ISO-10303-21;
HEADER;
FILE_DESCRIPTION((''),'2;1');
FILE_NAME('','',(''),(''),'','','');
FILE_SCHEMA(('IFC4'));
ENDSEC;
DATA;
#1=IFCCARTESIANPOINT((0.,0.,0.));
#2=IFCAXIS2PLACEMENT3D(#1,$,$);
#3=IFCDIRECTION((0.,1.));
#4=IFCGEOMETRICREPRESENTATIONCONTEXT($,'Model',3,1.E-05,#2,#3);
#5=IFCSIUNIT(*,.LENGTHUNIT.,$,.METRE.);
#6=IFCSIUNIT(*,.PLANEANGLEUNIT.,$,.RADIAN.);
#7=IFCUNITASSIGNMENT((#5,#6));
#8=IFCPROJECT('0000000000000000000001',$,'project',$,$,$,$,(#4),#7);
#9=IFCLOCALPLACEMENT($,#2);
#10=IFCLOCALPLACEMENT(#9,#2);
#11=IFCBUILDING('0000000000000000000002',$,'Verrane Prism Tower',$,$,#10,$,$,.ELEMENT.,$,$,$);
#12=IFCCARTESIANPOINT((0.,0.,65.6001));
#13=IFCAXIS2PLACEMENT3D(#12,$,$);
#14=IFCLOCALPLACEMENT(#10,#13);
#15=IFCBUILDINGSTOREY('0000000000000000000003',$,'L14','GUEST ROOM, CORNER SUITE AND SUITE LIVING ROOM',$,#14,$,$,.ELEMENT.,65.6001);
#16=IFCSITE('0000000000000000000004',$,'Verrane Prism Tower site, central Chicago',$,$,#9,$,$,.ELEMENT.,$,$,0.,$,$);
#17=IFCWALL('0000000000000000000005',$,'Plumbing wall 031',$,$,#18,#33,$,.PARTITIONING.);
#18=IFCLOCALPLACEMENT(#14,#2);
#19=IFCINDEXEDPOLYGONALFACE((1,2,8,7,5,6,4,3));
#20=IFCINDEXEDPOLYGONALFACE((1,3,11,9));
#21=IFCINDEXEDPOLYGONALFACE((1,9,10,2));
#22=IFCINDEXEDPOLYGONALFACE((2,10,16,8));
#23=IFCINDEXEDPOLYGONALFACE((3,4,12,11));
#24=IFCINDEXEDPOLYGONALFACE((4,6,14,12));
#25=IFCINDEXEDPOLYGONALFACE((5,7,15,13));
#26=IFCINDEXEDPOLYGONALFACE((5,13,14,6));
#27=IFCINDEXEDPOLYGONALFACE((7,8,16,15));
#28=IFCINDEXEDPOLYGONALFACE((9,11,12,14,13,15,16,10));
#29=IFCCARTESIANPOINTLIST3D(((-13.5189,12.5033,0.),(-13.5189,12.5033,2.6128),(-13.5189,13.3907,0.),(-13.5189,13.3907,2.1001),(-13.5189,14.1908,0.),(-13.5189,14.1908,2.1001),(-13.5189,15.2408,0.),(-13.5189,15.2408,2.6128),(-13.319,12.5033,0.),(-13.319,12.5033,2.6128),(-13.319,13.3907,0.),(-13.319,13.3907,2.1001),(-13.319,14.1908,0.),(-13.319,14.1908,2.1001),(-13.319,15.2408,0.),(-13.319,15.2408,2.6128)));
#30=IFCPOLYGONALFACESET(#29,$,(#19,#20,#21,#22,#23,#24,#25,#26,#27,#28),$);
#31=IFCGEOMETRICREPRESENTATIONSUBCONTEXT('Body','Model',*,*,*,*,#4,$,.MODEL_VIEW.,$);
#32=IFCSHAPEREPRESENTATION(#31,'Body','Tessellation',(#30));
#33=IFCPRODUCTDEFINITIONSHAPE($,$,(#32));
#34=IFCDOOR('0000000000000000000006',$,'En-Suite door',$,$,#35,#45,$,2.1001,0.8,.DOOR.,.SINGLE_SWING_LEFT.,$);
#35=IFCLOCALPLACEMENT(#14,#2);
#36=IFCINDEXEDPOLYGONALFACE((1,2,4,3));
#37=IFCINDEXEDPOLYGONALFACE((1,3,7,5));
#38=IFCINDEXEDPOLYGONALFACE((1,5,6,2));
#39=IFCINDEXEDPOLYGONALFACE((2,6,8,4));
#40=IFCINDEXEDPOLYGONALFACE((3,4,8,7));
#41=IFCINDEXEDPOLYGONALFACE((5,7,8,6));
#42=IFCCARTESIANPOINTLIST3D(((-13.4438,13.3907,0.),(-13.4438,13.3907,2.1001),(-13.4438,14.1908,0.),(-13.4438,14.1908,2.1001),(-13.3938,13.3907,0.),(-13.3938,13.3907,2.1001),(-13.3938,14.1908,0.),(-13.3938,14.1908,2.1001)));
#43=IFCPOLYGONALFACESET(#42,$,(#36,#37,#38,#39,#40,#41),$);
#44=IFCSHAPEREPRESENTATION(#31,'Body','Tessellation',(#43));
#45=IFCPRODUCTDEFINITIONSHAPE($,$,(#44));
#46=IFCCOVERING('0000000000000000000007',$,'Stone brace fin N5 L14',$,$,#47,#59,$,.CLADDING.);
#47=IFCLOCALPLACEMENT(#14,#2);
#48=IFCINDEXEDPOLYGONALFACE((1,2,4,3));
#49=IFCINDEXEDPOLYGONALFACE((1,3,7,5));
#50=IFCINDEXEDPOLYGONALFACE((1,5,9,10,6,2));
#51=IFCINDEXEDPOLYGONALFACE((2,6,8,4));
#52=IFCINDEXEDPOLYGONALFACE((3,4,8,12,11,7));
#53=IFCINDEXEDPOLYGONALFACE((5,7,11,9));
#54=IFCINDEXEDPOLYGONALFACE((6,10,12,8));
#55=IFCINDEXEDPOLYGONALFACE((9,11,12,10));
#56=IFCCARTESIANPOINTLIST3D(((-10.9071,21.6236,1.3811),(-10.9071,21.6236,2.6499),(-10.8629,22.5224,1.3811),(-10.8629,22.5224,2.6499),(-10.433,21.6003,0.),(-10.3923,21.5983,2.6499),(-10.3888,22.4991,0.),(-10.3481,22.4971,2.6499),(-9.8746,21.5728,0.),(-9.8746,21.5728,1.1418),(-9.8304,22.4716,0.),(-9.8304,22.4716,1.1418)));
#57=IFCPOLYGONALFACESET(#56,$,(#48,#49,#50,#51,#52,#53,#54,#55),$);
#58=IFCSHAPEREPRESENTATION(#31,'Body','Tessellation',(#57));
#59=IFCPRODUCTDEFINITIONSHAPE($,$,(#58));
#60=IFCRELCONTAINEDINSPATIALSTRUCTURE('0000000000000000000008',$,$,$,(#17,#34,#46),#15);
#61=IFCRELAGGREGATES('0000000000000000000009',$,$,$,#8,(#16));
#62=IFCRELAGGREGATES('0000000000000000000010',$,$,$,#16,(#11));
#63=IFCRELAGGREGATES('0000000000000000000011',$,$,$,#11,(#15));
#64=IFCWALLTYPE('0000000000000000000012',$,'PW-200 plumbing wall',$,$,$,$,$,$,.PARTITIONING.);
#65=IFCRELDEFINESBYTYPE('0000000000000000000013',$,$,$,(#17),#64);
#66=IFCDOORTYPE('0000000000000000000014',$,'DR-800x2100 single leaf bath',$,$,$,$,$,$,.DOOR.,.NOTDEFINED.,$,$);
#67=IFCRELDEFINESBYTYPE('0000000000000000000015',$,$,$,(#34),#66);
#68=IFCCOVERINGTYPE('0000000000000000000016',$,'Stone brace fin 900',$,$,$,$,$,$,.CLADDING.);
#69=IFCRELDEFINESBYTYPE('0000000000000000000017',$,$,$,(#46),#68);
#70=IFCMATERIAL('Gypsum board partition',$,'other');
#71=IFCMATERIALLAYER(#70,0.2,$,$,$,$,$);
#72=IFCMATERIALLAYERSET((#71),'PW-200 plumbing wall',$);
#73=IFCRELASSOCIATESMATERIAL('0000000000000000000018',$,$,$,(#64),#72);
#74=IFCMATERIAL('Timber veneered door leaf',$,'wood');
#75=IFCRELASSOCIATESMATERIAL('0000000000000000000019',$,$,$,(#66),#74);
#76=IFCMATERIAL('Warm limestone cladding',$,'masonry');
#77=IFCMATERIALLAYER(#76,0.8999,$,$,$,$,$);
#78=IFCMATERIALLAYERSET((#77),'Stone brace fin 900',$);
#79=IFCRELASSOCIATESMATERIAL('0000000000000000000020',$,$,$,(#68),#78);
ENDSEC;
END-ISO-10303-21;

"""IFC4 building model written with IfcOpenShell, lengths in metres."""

from ifc_helpers import new_model, si_unit, direction, frame, frame_2d, origin, place, context, subcontext, project, spatial, polyline, rectangle, outline, extrude, material, layer, layer_set, type_object, element, fill, save


model = new_model("IFC4")

# Units and contexts
model_context = context("Model", 3, precision=1e-05, world=origin(), true_north=direction((0.0, 1.0)))
body_context = subcontext(model_context, "Body", "Model", "MODEL_VIEW")
ifc_project = project(units=[si_unit("LENGTHUNIT", "METRE"), si_unit("PLANEANGLEUNIT", "RADIAN")], contexts=[model_context])

# Site, building, storey
site_placement = place(None, origin())
site = spatial("IfcSite", under=ifc_project, at=site_placement, Name="Verrane Prism Tower site, central Chicago", CompositionType="ELEMENT", RefElevation=0.0)
building_placement = place(site_placement, origin())
building = spatial("IfcBuilding", under=site, at=building_placement, Name="Verrane Prism Tower", CompositionType="ELEMENT")
storey_placement = place(building_placement, frame((0.0, 0.0, 65.6001)))
storey = spatial("IfcBuildingStorey", under=building, at=storey_placement, Name="L14", Description="GUEST ROOM, CORNER SUITE AND SUITE LIVING ROOM", CompositionType="ELEMENT", Elevation=65.6001)

# Shared definitions
ifc_material_1 = material(Name="Gypsum board partition", Category="other")
ifc_layer_1 = layer(ifc_material_1, 0.2)
ifc_layer_set_1 = layer_set([ifc_layer_1], Name="PW-200 plumbing wall")
wall_type_1 = type_object("IfcWallType", Name="PW-200 plumbing wall", PredefinedType="PARTITIONING", material=ifc_layer_set_1)

# Wall, opening, door
wall_1_placement = place(storey_placement, frame((-13.4189, 12.5034, 0.0), z_axis=(0.0, 0.0, 1.0), x_axis=(0.0, 1.0, 0.0)))
wall_1 = element("IfcWall", 1, at=wall_1_placement, inside=storey, type_object=wall_type_1, Name="Plumbing wall 031", PredefinedType="PARTITIONING", context=body_context, shape_type="SweptSolid", body=[
    extrude(rectangle(XDim=2.7375, YDim=0.2, at=frame_2d((1.3687, 0.0))), origin(), (0.0, 0.0, 1.0), 2.6128),
])
opening_1_placement = place(wall_1_placement, frame((0.8875, 0.0, 0.0)))
opening_1 = element("IfcOpeningElement", 2, at=opening_1_placement, cuts=wall_1, PredefinedType="OPENING", context=body_context, shape_type="SweptSolid", body=[
    extrude(rectangle(XDim=0.8, YDim=2.1001, at=frame_2d((0.3999, 1.05))), frame((0.0, 0.1099, 0.0), z_axis=(0.0, -1.0, 0.0), x_axis=(1.0, 0.0, 0.0)), (0.0, 0.0, 1.0), 0.22),
])
ifc_material_2 = material(Name="Timber veneered door leaf", Category="wood")
door_type_1 = type_object("IfcDoorType", Name="DR-800x2100 single leaf bath", OperationType="NOTDEFINED", PredefinedType="DOOR", material=ifc_material_2)
door_1_placement = place(opening_1_placement, origin())
door_1 = element("IfcDoor", 3, at=door_1_placement, inside=storey, type_object=door_type_1, Name="En-Suite door", OperationType="SINGLE_SWING_LEFT", OverallHeight=2.1001, OverallWidth=0.8, PredefinedType="DOOR", context=body_context, shape_type="SweptSolid", body=[
    extrude(rectangle(XDim=0.8, YDim=2.1001, at=frame_2d((0.3999, 1.05))), frame((0.0, 0.0249, 0.0), z_axis=(0.0, -1.0, 0.0), x_axis=(1.0, 0.0, 0.0)), (0.0, 0.0, 1.0), 0.05),
])
fill(opening_1, door_1)

# Covering
ifc_material_3 = material(Name="Warm limestone cladding", Category="masonry")
ifc_layer_2 = layer(ifc_material_3, 0.8999)
ifc_layer_set_2 = layer_set([ifc_layer_2], Name="Stone brace fin 900")
covering_type = type_object("IfcCoveringType", Name="Stone brace fin 900", PredefinedType="CLADDING", material=ifc_layer_set_2)
covering_placement = place(storey_placement, frame((-9.8525, 22.0222, 0.0), z_axis=(0.0, 0.0, 1.0), x_axis=(-0.998793, 0.049113, 0.0)))
element("IfcCovering", 4, at=covering_placement, inside=storey, type_object=covering_type, Name="Stone brace fin N5 L14", PredefinedType="CLADDING", context=body_context, shape_type="SweptSolid", body=[
    extrude(outline(polyline([(1.0337, 2.6499), (0.5183, 2.6499), (0.0, 1.1418), (0.0, 0.0), (0.5591, 0.0), (1.0337, 1.3811), (1.0337, 2.6499)])), frame((0.0, 0.45, 0.0), z_axis=(0.0, -1.0, 0.0), x_axis=(1.0, 0.0, 0.0)), (0.0, 0.0, 1.0), 0.8999),
])

save(model, "model.ifc")
